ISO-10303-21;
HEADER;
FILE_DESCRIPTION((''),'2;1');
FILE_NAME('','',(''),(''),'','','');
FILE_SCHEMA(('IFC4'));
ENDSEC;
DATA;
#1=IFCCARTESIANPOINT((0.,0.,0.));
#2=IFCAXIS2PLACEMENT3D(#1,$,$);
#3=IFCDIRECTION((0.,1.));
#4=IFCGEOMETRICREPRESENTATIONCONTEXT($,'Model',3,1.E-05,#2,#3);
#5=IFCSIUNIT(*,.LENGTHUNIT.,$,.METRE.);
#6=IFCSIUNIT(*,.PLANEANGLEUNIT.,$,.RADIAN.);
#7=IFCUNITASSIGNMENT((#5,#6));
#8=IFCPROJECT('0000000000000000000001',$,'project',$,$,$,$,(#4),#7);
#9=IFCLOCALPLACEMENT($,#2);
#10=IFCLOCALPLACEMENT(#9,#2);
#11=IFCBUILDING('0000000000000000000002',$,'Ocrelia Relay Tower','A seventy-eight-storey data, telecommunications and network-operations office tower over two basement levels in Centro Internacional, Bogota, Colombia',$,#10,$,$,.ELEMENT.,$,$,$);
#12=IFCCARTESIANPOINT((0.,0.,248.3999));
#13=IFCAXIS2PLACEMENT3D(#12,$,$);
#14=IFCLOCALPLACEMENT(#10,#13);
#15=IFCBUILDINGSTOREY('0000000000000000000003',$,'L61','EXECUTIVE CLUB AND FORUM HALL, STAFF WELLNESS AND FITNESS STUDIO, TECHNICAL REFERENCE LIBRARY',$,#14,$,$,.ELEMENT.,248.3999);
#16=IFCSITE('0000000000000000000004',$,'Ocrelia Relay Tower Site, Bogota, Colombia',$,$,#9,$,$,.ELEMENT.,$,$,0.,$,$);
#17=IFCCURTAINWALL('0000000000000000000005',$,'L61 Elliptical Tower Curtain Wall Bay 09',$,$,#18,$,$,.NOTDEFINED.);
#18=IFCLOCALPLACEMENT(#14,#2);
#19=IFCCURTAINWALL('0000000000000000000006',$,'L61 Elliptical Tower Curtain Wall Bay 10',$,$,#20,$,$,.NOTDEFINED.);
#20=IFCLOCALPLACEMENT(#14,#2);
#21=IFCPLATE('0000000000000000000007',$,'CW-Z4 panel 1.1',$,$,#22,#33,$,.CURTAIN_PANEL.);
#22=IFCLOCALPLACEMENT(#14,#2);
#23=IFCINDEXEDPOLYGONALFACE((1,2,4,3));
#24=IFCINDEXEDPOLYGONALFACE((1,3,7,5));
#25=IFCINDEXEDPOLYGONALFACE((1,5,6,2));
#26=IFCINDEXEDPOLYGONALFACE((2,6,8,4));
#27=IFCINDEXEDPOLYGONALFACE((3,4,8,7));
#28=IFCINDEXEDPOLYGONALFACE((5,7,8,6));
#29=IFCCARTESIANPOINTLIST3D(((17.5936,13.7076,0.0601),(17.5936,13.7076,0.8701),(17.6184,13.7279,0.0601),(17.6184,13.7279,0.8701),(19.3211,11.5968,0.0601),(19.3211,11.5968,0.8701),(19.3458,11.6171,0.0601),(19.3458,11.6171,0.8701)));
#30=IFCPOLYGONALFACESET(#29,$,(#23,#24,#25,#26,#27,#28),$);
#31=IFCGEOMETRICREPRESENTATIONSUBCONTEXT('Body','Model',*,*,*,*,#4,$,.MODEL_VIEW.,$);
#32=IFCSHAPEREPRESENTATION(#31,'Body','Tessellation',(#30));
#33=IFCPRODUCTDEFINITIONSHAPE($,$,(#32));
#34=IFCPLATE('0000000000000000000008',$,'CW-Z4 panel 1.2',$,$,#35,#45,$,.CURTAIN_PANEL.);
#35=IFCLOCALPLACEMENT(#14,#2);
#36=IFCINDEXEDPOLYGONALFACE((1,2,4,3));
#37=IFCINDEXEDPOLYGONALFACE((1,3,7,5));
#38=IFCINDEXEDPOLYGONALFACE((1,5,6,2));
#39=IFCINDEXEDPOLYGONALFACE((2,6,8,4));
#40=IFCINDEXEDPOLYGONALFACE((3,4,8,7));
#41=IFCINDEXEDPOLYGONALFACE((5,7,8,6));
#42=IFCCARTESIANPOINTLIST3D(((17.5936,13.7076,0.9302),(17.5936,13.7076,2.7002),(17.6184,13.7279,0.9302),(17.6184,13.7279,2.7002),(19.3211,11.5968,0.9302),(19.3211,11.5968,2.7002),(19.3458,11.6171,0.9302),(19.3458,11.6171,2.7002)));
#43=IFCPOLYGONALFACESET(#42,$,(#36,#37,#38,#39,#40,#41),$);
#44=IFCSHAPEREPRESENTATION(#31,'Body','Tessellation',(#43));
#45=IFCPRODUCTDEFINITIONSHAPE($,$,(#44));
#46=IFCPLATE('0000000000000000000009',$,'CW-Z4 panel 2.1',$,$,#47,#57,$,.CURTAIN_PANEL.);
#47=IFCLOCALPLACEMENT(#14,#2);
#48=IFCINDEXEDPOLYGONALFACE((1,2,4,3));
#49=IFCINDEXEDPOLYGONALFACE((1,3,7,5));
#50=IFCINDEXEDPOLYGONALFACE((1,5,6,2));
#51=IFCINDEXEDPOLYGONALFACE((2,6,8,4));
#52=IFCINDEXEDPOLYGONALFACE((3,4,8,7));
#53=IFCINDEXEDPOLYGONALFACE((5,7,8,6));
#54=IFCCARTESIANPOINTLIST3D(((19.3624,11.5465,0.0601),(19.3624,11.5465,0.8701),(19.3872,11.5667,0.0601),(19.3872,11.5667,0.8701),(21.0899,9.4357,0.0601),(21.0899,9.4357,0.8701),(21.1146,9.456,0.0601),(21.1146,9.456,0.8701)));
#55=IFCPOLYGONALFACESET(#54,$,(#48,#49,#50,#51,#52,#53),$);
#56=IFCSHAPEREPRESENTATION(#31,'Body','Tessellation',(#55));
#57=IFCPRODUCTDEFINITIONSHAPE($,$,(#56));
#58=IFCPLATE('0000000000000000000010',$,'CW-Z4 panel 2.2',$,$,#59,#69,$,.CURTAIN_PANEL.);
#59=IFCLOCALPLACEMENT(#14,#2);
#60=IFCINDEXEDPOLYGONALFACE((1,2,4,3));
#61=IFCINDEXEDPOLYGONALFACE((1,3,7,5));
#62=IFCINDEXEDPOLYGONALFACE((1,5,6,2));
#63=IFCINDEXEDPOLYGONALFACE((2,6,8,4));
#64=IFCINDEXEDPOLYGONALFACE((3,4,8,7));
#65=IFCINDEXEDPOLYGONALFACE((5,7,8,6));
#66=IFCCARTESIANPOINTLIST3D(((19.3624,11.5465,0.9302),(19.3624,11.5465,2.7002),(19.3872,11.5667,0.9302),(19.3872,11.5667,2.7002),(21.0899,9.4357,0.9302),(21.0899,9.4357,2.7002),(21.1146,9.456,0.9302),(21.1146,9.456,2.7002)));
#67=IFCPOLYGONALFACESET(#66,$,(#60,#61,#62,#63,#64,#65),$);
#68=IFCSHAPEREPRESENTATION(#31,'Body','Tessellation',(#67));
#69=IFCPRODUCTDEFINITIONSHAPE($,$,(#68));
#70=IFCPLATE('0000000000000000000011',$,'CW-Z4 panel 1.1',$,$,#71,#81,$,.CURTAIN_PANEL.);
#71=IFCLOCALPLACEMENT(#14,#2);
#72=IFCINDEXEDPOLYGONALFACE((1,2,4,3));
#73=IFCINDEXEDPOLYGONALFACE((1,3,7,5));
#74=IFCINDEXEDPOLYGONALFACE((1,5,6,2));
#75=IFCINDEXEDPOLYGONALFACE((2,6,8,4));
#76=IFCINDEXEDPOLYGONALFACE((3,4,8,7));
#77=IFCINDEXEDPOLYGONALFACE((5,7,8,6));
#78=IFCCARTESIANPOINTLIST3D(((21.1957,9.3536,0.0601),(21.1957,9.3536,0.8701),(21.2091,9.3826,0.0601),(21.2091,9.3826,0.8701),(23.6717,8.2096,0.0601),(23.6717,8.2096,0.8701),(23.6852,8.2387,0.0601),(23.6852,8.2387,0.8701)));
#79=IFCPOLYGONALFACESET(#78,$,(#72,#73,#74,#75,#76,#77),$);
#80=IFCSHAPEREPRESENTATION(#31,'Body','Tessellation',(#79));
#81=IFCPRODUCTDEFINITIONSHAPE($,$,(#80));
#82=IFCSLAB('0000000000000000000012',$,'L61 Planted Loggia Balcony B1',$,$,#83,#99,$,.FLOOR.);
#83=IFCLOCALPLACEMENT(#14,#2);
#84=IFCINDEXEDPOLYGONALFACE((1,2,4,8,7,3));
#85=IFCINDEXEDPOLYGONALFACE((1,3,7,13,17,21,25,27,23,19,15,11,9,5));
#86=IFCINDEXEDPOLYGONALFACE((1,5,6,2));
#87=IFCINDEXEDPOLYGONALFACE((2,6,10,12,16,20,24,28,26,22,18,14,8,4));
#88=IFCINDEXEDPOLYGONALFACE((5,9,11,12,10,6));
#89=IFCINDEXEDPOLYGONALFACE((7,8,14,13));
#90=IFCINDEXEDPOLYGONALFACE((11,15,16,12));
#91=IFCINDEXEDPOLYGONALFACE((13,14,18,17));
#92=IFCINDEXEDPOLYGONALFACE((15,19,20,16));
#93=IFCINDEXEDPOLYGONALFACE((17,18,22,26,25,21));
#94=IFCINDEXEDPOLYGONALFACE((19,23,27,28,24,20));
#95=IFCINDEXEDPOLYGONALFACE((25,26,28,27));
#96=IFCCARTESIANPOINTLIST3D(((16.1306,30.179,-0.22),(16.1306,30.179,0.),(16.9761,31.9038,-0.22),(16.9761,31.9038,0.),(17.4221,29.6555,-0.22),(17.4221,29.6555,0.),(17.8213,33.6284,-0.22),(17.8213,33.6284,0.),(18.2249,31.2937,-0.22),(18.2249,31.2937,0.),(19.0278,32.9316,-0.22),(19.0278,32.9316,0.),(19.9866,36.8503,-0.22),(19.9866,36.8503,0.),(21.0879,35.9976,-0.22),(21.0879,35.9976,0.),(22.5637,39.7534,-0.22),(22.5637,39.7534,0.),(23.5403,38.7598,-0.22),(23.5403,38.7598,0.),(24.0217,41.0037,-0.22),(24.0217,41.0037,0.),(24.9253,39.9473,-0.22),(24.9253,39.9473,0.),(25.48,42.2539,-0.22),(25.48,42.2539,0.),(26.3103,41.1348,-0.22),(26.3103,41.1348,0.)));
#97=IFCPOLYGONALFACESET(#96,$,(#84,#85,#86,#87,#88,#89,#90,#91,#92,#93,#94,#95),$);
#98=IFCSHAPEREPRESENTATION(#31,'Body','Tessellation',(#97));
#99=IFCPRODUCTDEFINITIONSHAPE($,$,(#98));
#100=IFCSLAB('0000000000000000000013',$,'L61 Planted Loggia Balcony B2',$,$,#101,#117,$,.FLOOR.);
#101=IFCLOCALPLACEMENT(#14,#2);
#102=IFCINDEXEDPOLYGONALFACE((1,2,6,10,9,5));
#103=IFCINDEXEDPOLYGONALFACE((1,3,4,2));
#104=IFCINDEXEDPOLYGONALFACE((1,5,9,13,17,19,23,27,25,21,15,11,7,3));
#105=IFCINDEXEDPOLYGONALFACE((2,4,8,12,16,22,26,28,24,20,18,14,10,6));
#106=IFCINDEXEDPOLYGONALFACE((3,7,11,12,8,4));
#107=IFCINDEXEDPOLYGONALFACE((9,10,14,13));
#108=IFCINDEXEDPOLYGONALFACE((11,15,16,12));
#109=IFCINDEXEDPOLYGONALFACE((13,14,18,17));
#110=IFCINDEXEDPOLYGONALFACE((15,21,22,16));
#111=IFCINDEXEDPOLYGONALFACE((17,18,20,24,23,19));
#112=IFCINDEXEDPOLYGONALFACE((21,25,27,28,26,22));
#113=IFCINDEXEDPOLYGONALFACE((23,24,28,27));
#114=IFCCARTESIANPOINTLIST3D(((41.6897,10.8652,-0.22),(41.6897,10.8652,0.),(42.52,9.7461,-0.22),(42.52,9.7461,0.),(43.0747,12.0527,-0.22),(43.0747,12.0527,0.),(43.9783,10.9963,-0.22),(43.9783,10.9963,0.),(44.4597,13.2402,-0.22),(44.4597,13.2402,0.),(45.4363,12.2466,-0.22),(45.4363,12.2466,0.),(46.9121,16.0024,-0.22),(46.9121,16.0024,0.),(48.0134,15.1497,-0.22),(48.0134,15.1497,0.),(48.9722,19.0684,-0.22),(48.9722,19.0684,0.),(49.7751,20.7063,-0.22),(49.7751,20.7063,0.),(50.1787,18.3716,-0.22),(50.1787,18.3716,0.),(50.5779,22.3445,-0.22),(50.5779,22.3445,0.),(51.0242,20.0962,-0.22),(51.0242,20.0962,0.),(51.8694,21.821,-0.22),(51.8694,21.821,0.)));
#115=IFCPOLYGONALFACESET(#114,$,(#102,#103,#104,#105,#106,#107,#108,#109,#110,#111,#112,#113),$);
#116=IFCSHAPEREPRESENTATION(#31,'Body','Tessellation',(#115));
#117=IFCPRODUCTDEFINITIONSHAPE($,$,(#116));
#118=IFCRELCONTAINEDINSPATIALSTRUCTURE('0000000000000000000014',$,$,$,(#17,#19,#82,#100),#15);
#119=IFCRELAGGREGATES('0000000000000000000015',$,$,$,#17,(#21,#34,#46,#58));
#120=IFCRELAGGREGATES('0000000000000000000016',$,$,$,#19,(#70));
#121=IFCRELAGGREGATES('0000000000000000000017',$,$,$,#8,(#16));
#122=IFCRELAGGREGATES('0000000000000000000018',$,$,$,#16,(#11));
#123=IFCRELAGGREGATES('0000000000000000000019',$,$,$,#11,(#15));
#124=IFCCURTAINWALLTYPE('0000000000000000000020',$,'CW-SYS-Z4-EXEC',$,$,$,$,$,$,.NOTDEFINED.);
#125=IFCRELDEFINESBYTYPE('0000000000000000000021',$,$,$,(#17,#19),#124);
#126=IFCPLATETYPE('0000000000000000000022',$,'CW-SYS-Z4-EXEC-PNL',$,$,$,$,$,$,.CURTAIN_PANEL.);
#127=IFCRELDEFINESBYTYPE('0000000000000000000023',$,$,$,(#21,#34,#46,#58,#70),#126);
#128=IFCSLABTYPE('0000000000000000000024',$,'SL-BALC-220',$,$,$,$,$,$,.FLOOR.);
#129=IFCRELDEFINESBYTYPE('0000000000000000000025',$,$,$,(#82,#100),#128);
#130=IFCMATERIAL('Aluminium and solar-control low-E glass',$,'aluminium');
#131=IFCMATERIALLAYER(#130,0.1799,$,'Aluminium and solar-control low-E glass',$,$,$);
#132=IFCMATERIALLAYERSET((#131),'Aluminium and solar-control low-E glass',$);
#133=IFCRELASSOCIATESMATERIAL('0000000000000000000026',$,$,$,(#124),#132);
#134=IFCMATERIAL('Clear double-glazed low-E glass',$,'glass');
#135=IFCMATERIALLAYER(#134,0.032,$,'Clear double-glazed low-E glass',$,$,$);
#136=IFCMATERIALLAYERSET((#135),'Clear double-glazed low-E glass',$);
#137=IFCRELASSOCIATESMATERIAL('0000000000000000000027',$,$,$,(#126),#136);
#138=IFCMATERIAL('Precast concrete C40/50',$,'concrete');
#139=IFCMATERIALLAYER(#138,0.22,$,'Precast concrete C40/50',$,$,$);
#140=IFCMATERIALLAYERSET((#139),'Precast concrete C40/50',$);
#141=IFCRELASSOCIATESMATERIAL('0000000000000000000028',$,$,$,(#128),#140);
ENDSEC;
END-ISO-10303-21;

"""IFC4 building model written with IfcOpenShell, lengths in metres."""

from ifc_helpers import new_model, si_unit, direction, frame, origin, origin_2d, place, context, subcontext, project, spatial, polyline, rectangle, outline, extrude, material, layer, layer_set, type_object, element, aggregate, save


model = new_model("IFC4")

# Units and contexts
model_context = context("Model", 3, precision=1e-05, world=origin(), true_north=direction((0.0, 1.0)))
body_context = subcontext(model_context, "Body", "Model", "MODEL_VIEW")
ifc_project = project(units=[si_unit("LENGTHUNIT", "METRE"), si_unit("PLANEANGLEUNIT", "RADIAN")], contexts=[model_context])

# Site, building, storey
site_placement = place(None, origin())
site = spatial("IfcSite", under=ifc_project, at=site_placement, Name="Ocrelia Relay Tower Site, Bogota, Colombia", CompositionType="ELEMENT", RefElevation=0.0)
building_placement = place(site_placement, origin())
building = spatial("IfcBuilding", under=site, at=building_placement, Name="Ocrelia Relay Tower", Description="A seventy-eight-storey data, telecommunications and network-operations office tower over two basement levels in Centro Internacional, Bogota, Colombia", CompositionType="ELEMENT")
storey_placement = place(building_placement, frame((0.0, 0.0, 248.3999)))
storey = spatial("IfcBuildingStorey", under=building, at=storey_placement, Name="L61", Description="EXECUTIVE CLUB AND FORUM HALL, STAFF WELLNESS AND FITNESS STUDIO, TECHNICAL REFERENCE LIBRARY", CompositionType="ELEMENT", Elevation=248.3999)

# Curtain wall
ifc_material_1 = material(Name="Aluminium and solar-control low-E glass", Category="aluminium")
ifc_layer_1 = layer(ifc_material_1, 0.1799, Name="Aluminium and solar-control low-E glass")
ifc_layer_set_1 = layer_set([ifc_layer_1], Name="Aluminium and solar-control low-E glass")
curtain_wall_type = type_object("IfcCurtainWallType", Name="CW-SYS-Z4-EXEC", PredefinedType="NOTDEFINED", material=ifc_layer_set_1)
curtain_wall_1_placement = place(storey_placement, origin())
curtain_wall_1 = element("IfcCurtainWall", 1, at=curtain_wall_1_placement, inside=storey, type_object=curtain_wall_type, Name="L61 Elliptical Tower Curtain Wall Bay 09", PredefinedType="NOTDEFINED")

# Curtain wall
curtain_wall_2_placement = place(storey_placement, origin())
curtain_wall_2 = element("IfcCurtainWall", 2, at=curtain_wall_2_placement, inside=storey, type_object=curtain_wall_type, Name="L61 Elliptical Tower Curtain Wall Bay 10", PredefinedType="NOTDEFINED")

# Plates
ifc_material_2 = material(Name="Clear double-glazed low-E glass", Category="glass")
ifc_layer_2 = layer(ifc_material_2, 0.032, Name="Clear double-glazed low-E glass")
ifc_layer_set_2 = layer_set([ifc_layer_2], Name="Clear double-glazed low-E glass")
plate_type = type_object("IfcPlateType", Name="CW-SYS-Z4-EXEC-PNL", PredefinedType="CURTAIN_PANEL", material=ifc_layer_set_2)
plate_1_placement = place(storey_placement, frame((18.4697, 12.6624, 0.0601), z_axis=(0.0, 0.0, 1.0), x_axis=(0.633346, -0.773869, 0.0)))
plate_1 = element("IfcPlate", 3, at=plate_1_placement, type_object=plate_type, Name="CW-Z4 panel 1.1", PredefinedType="CURTAIN_PANEL", context=body_context, shape_type="SweptSolid", body=[
    extrude(rectangle(XDim=2.7275, YDim=0.032, at=origin_2d()), origin(), (0.0, 0.0, 1.0), 0.8101),
])
plate_2_placement = place(storey_placement, frame((18.4697, 12.6624, 0.9302), z_axis=(0.0, 0.0, 1.0), x_axis=(0.633346, -0.773869, 0.0)))
plate_2 = element("IfcPlate", 4, at=plate_2_placement, type_object=plate_type, Name="CW-Z4 panel 1.2", PredefinedType="CURTAIN_PANEL", context=body_context, shape_type="SweptSolid", body=[
    extrude(rectangle(XDim=2.7275, YDim=0.032, at=origin_2d()), origin(), (0.0, 0.0, 1.0), 1.77),
])
plate_3_placement = place(storey_placement, frame((20.2385, 10.5012, 0.0601), z_axis=(0.0, 0.0, 1.0), x_axis=(0.633346, -0.773869, 0.0)))
plate_3 = element("IfcPlate", 5, at=plate_3_placement, type_object=plate_type, Name="CW-Z4 panel 2.1", PredefinedType="CURTAIN_PANEL", context=body_context, shape_type="SweptSolid", body=[
    extrude(rectangle(XDim=2.7275, YDim=0.032, at=origin_2d()), origin(), (0.0, 0.0, 1.0), 0.8101),
])
plate_4_placement = place(storey_placement, frame((20.2385, 10.5012, 0.9302), z_axis=(0.0, 0.0, 1.0), x_axis=(0.633346, -0.773869, 0.0)))
plate_4 = element("IfcPlate", 6, at=plate_4_placement, type_object=plate_type, Name="CW-Z4 panel 2.2", PredefinedType="CURTAIN_PANEL", context=body_context, shape_type="SweptSolid", body=[
    extrude(rectangle(XDim=2.7275, YDim=0.032, at=origin_2d()), origin(), (0.0, 0.0, 1.0), 1.77),
])
aggregate(curtain_wall_1, [plate_1, plate_2, plate_3, plate_4])
plate_5_placement = place(storey_placement, frame((22.4404, 8.7961, 0.0601), z_axis=(0.0, 0.0, 1.0), x_axis=(0.907796, -0.419413, 0.0)))
plate_5 = element("IfcPlate", 7, at=plate_5_placement, type_object=plate_type, Name="CW-Z4 panel 1.1", PredefinedType="CURTAIN_PANEL", context=body_context, shape_type="SweptSolid", body=[
    extrude(rectangle(XDim=2.7275, YDim=0.032, at=origin_2d()), origin(), (0.0, 0.0, 1.0), 0.8101),
])
aggregate(curtain_wall_2, [plate_5])

# Slabs
ifc_material_3 = material(Name="Precast concrete C40/50", Category="concrete")
ifc_layer_3 = layer(ifc_material_3, 0.22, Name="Precast concrete C40/50")
ifc_layer_set_3 = layer_set([ifc_layer_3], Name="Precast concrete C40/50")
slab_type_1 = type_object("IfcSlabType", Name="SL-BALC-220", PredefinedType="FLOOR", material=ifc_layer_set_3)
slab_1_placement = place(storey_placement, frame((0.0, 0.0, -0.22)))
element("IfcSlab", 8, at=slab_1_placement, inside=storey, type_object=slab_type_1, Name="L61 Planted Loggia Balcony B1", PredefinedType="FLOOR", context=body_context, shape_type="SweptSolid", body=[
    extrude(outline(polyline([(26.3103, 41.1348), (24.9253, 39.9473), (23.5403, 38.7598), (21.0879, 35.9976), (19.0278, 32.9316), (18.2249, 31.2937), (17.4221, 29.6555), (16.1306, 30.179), (16.9761, 31.9038), (17.8213, 33.6284), (19.9866, 36.8503), (22.5637, 39.7534), (24.0217, 41.0037), (25.48, 42.2539), (26.3103, 41.1348)])), origin(), (0.0, 0.0, 1.0), 0.22),
])
slab_2_placement = place(storey_placement, frame((0.0, 0.0, -0.22)))
element("IfcSlab", 9, at=slab_2_placement, inside=storey, type_object=slab_type_1, Name="L61 Planted Loggia Balcony B2", PredefinedType="FLOOR", context=body_context, shape_type="SweptSolid", body=[
    extrude(outline(polyline([(41.6897, 10.8652), (43.0747, 12.0527), (44.4597, 13.2402), (46.9121, 16.0024), (48.9722, 19.0684), (49.7751, 20.7063), (50.5779, 22.3445), (51.8694, 21.821), (51.0242, 20.0962), (50.1787, 18.3716), (48.0134, 15.1497), (45.4363, 12.2466), (43.9783, 10.9963), (42.52, 9.7461), (41.6897, 10.8652)])), origin(), (0.0, 0.0, 1.0), 0.22),
])

save(model, "model.ifc")
